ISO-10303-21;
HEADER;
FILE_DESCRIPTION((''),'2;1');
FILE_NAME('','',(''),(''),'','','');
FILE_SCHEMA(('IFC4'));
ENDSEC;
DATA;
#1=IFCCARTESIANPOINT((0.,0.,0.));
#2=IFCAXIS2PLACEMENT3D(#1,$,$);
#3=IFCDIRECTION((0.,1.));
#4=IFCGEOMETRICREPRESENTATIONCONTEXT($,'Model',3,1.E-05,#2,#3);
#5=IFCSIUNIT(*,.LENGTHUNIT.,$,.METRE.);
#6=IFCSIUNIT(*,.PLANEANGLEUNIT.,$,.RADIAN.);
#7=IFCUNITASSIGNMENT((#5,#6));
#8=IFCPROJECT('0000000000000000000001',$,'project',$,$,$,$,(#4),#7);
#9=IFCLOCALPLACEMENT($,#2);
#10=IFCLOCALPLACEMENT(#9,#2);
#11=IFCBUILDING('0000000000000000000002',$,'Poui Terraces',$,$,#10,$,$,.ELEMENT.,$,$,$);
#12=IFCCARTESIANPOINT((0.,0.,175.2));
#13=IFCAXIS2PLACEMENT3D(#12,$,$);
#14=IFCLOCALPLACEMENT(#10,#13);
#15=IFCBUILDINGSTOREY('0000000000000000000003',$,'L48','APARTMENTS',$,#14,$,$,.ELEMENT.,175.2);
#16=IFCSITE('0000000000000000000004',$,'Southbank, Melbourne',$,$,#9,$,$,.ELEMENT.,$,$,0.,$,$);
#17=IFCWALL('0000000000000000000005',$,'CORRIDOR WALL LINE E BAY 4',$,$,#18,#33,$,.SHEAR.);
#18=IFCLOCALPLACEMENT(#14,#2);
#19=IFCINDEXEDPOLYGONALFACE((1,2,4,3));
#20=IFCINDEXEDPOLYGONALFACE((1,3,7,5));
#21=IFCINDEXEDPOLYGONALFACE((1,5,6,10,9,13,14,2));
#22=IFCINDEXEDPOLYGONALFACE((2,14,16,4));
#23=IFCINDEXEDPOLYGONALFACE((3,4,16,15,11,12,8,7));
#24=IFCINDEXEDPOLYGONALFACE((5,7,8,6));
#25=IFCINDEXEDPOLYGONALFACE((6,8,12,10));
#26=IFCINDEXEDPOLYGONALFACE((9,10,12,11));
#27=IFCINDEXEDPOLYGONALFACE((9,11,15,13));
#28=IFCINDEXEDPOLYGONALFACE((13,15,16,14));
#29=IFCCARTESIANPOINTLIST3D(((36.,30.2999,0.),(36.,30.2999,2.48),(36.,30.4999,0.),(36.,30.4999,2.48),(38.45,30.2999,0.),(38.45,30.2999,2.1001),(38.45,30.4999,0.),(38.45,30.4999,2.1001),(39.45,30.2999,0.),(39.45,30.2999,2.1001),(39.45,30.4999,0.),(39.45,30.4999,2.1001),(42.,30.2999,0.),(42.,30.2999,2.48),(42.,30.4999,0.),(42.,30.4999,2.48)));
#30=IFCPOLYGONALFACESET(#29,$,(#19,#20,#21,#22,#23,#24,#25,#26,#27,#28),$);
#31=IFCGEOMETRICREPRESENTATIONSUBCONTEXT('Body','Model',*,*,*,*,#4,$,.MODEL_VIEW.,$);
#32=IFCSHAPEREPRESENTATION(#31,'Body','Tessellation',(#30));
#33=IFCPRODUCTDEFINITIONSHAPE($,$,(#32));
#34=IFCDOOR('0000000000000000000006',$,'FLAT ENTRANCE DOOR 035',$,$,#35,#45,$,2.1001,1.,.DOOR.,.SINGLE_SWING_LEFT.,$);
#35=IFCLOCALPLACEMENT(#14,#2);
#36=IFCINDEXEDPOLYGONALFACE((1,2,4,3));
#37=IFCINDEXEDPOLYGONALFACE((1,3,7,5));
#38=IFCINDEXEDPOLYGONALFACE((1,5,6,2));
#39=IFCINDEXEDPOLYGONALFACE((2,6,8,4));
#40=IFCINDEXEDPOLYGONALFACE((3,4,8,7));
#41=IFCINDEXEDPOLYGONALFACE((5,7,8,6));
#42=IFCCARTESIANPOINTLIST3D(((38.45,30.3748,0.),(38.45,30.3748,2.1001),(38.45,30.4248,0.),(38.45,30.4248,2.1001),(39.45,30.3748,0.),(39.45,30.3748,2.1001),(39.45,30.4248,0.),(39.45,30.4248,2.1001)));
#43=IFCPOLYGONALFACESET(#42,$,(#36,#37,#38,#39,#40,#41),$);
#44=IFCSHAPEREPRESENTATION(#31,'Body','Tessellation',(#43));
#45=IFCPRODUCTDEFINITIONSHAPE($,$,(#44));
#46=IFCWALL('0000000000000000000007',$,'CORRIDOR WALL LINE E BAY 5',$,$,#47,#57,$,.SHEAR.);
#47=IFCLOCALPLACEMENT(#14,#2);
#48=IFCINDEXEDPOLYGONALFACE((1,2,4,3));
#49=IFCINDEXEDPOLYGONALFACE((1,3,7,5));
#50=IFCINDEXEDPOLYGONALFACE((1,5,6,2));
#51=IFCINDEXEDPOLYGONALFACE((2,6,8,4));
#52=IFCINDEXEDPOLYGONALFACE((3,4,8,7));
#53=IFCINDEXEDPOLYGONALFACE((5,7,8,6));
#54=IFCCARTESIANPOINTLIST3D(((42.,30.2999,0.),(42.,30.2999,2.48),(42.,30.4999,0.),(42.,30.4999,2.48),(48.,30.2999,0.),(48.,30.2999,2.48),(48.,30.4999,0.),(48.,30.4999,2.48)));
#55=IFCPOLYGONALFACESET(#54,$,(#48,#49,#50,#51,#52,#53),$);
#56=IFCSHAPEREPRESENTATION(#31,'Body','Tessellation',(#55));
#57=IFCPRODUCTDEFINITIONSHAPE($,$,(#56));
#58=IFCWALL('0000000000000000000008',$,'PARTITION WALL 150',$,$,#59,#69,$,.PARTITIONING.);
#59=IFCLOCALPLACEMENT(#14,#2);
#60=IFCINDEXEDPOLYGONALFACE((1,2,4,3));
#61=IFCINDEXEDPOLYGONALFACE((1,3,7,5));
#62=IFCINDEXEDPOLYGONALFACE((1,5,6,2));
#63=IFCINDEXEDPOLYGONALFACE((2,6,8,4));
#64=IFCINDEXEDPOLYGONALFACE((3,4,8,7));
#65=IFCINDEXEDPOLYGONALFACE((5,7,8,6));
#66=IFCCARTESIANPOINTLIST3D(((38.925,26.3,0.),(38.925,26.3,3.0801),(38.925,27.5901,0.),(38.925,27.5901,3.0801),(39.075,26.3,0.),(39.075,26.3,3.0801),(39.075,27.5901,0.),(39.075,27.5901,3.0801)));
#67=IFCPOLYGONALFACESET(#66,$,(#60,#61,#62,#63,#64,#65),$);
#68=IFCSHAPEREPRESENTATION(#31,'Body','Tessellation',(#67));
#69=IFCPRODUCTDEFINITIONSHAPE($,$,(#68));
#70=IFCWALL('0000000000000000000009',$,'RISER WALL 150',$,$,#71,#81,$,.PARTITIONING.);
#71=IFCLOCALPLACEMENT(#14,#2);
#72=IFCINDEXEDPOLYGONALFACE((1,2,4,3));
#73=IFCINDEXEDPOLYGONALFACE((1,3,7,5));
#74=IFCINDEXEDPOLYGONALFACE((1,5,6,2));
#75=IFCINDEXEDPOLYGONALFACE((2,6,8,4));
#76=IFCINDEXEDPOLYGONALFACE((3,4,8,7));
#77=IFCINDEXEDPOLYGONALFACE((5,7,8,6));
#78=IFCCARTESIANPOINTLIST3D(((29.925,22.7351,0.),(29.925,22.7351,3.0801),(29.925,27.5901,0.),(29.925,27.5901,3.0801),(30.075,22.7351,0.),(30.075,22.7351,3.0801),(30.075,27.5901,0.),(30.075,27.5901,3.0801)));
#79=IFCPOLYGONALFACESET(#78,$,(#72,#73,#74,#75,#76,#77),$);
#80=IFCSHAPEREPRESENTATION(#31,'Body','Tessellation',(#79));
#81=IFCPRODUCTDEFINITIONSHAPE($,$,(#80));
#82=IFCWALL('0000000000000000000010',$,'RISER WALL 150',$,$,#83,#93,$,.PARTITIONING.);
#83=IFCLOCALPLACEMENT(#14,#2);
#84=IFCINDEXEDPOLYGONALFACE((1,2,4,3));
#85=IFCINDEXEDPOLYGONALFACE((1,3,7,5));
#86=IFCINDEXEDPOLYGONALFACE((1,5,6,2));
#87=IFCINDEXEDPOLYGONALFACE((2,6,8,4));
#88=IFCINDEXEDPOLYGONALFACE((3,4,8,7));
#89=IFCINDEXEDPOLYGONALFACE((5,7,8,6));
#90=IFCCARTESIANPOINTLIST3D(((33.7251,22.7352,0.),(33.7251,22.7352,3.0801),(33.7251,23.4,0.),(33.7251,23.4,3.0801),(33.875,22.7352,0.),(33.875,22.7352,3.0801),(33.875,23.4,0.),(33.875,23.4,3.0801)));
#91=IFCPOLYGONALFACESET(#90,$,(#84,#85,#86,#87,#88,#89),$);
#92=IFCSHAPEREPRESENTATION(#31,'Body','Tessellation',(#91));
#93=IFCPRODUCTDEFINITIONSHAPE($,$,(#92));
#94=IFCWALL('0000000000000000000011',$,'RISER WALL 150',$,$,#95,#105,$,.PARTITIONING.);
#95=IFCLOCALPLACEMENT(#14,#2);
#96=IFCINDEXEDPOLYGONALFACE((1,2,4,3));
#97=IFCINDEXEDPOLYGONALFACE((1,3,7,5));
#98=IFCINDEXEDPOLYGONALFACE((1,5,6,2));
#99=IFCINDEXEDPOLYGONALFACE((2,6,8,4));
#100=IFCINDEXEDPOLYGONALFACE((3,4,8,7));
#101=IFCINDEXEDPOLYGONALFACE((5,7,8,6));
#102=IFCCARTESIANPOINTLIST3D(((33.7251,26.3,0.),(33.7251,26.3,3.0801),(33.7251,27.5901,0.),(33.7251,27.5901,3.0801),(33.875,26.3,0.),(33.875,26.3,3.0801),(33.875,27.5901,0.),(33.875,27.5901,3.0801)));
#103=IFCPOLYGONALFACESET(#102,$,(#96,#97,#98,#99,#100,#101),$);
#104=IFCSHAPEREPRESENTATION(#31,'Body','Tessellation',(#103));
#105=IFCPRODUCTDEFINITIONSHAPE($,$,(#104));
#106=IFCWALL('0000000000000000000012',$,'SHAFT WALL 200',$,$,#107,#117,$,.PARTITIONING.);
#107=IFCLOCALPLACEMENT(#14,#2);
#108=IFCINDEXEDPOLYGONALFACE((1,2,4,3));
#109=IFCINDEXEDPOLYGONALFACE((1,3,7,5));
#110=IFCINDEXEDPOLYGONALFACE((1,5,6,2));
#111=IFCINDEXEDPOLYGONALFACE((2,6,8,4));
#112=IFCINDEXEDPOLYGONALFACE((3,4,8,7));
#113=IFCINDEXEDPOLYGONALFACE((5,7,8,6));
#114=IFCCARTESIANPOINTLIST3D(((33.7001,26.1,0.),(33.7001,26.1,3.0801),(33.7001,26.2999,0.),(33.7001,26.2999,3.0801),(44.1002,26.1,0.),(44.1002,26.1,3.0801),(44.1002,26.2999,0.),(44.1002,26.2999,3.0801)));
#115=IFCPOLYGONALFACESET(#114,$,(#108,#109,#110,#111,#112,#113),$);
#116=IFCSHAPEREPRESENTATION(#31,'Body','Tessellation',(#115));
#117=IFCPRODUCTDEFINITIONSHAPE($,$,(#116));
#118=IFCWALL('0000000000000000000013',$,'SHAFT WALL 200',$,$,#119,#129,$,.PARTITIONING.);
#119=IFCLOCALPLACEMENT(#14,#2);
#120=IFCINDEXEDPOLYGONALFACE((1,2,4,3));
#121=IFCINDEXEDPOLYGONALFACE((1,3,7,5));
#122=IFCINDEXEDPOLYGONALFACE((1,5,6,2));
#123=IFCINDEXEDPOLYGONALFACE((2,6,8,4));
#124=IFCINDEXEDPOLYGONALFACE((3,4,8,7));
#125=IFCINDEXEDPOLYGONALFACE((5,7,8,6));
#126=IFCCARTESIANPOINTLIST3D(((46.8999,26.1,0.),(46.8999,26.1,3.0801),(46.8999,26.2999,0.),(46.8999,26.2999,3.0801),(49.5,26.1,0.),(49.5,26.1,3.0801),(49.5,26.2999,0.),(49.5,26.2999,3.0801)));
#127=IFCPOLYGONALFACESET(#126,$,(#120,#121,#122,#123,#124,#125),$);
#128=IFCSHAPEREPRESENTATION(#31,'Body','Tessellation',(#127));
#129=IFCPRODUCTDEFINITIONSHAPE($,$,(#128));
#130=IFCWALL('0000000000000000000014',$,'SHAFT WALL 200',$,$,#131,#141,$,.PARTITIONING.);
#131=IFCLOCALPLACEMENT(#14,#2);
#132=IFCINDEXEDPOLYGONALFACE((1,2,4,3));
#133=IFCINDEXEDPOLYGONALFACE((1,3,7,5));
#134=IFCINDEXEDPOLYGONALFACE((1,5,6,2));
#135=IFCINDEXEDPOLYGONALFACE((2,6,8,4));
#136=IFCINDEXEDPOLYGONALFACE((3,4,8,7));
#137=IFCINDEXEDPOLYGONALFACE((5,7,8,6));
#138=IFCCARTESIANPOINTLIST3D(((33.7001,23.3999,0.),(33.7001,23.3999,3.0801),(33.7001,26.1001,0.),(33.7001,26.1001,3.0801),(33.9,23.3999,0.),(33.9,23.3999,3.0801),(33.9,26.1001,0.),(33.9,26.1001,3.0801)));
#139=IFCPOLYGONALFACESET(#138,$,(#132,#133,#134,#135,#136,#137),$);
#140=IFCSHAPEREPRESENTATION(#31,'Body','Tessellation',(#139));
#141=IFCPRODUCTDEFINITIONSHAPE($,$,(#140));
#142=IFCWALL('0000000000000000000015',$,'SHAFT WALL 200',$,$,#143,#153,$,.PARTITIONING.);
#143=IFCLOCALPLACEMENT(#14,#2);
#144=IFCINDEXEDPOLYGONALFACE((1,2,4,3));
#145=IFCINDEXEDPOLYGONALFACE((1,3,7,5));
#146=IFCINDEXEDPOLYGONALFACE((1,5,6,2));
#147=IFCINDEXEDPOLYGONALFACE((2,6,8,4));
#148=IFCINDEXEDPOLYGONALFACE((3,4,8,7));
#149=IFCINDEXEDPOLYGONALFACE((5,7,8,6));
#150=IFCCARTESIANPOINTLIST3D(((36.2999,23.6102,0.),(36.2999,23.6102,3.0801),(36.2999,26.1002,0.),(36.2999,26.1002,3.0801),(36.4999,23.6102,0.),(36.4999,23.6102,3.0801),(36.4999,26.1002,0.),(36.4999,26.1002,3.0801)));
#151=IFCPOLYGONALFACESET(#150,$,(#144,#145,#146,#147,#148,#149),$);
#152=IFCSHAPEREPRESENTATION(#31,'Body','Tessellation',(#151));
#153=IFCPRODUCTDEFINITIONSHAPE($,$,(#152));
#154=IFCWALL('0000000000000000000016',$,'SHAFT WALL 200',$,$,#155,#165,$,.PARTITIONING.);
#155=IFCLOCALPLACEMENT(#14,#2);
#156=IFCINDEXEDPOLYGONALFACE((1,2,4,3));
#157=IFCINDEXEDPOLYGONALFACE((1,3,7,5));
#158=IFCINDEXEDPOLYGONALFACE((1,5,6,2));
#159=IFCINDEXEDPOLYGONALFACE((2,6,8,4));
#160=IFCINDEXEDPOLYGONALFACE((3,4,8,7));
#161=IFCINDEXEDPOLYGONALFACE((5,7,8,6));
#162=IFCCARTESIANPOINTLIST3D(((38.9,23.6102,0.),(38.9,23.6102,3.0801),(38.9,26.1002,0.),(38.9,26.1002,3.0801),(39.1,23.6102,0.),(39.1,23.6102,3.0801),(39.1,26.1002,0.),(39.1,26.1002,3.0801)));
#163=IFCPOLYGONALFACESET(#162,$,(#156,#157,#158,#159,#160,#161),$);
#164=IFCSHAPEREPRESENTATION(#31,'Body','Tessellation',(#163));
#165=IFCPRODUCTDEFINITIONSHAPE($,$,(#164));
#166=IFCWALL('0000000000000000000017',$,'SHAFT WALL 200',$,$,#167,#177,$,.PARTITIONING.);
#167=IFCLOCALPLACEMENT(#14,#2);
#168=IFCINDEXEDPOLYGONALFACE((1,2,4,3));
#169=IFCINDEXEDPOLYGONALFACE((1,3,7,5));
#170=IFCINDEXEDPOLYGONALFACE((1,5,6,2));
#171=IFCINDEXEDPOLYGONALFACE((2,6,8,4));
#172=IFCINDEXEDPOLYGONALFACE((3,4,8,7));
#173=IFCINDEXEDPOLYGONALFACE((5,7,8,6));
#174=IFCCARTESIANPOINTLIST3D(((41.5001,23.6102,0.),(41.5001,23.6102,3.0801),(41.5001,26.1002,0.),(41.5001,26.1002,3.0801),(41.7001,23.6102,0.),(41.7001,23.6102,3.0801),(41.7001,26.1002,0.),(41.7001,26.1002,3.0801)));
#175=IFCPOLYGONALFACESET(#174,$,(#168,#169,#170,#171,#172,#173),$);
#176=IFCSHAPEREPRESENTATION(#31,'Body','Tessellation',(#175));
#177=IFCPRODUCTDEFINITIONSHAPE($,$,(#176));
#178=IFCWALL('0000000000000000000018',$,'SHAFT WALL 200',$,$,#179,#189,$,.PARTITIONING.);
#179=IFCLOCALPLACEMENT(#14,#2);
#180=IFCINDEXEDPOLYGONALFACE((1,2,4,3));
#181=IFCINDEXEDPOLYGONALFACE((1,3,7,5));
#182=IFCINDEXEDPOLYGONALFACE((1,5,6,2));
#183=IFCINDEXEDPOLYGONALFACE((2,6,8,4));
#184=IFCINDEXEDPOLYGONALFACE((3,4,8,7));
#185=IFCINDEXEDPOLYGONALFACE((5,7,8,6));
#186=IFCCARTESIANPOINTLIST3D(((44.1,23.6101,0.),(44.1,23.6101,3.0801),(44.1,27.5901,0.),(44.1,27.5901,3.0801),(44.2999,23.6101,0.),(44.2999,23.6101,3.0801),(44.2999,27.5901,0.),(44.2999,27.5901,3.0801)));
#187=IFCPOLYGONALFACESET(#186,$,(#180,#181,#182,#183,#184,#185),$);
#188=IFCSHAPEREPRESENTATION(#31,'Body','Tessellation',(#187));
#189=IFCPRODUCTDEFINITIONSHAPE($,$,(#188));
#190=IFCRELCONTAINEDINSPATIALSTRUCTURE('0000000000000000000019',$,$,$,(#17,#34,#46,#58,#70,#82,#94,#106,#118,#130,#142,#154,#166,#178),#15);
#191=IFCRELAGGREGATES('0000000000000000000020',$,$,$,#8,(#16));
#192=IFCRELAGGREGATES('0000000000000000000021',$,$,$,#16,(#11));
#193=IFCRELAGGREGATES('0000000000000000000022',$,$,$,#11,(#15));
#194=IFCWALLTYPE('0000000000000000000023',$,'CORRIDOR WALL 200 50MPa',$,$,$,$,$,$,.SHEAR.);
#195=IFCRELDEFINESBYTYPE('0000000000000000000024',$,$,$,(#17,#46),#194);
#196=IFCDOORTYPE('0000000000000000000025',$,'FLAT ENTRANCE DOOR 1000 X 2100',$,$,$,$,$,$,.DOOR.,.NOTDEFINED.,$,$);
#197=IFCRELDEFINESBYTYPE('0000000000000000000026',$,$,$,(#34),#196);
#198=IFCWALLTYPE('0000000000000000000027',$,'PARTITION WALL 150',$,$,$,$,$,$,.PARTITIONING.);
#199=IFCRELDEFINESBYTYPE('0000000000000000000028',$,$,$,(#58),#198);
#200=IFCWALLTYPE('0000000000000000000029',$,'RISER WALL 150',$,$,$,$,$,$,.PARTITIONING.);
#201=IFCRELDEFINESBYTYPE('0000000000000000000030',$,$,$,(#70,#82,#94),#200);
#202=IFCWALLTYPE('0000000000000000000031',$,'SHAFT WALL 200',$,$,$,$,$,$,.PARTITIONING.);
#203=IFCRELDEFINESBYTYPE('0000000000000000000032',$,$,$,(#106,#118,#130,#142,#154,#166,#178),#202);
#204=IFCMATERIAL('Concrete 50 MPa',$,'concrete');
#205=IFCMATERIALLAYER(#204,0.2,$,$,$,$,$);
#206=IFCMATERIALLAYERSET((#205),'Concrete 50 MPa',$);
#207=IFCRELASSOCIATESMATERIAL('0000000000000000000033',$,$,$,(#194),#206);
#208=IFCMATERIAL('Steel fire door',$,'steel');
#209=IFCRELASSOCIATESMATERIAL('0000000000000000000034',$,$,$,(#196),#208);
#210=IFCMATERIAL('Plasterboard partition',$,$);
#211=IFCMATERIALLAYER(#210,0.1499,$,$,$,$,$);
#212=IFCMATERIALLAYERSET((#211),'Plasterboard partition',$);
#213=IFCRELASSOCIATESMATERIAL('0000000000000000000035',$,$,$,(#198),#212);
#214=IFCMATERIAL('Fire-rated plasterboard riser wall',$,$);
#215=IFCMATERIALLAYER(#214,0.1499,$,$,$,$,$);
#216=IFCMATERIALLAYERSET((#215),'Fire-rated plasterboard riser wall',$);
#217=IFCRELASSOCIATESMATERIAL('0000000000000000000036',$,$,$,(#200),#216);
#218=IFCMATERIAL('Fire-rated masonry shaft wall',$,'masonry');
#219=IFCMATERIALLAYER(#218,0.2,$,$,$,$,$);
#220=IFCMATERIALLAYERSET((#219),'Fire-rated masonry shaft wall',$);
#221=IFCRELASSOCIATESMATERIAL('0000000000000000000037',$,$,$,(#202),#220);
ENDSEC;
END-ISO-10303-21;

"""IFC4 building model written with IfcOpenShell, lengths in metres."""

from ifc_helpers import new_model, si_unit, direction, frame, frame_2d, origin, place, context, subcontext, project, spatial, rectangle, extrude, material, layer, layer_set, type_object, element, fill, save


model = new_model("IFC4")

# Units and contexts
model_context = context("Model", 3, precision=1e-05, world=origin(), true_north=direction((0.0, 1.0)))
body_context = subcontext(model_context, "Body", "Model", "MODEL_VIEW")
ifc_project = project(units=[si_unit("LENGTHUNIT", "METRE"), si_unit("PLANEANGLEUNIT", "RADIAN")], contexts=[model_context])

# Site, building, storey
site_placement = place(None, origin())
site = spatial("IfcSite", under=ifc_project, at=site_placement, Name="Southbank, Melbourne", CompositionType="ELEMENT", RefElevation=0.0)
building_placement = place(site_placement, origin())
building = spatial("IfcBuilding", under=site, at=building_placement, Name="Poui Terraces", CompositionType="ELEMENT")
storey_placement = place(building_placement, frame((0.0, 0.0, 175.2)))
storey = spatial("IfcBuildingStorey", under=building, at=storey_placement, Name="L48", Description="APARTMENTS", CompositionType="ELEMENT", Elevation=175.2)

# Shared definitions
ifc_material_1 = material(Name="Concrete 50 MPa", Category="concrete")

# Shared definitions
ifc_material_2 = material(Name="Steel fire door", Category="steel")

# Wall, opening, door
ifc_layer_1 = layer(ifc_material_1, 0.2)
ifc_layer_set_1 = layer_set([ifc_layer_1], Name="Concrete 50 MPa")
wall_type_1 = type_object("IfcWallType", Name="CORRIDOR WALL 200 50MPa", PredefinedType="SHEAR", material=ifc_layer_set_1)
wall_1_placement = place(storey_placement, frame((36.0, 30.3999, 0.0), z_axis=(0.0, 0.0, 1.0), x_axis=(1.0, 0.0, 0.0)))
wall_1 = element("IfcWall", 1, at=wall_1_placement, inside=storey, type_object=wall_type_1, Name="CORRIDOR WALL LINE E BAY 4", PredefinedType="SHEAR", context=body_context, shape_type="SweptSolid", body=[
    extrude(rectangle(XDim=6.0, YDim=0.2, at=frame_2d((3.0, 0.0))), origin(), (0.0, 0.0, 1.0), 2.48),
])
opening_1_placement = place(wall_1_placement, frame((2.45, 0.0, 0.0)))
opening_1 = element("IfcOpeningElement", 2, at=opening_1_placement, cuts=wall_1, PredefinedType="OPENING", context=body_context, shape_type="SweptSolid", body=[
    extrude(rectangle(XDim=1.0, YDim=2.1001, at=frame_2d((0.5, 1.05))), frame((0.0, 0.1099, 0.0), z_axis=(0.0, -1.0, 0.0), x_axis=(1.0, 0.0, 0.0)), (0.0, 0.0, 1.0), 0.22),
])
door_type_1 = type_object("IfcDoorType", Name="FLAT ENTRANCE DOOR 1000 X 2100", OperationType="NOTDEFINED", PredefinedType="DOOR", material=ifc_material_2)
door_1_placement = place(opening_1_placement, origin())
door_1 = element("IfcDoor", 3, at=door_1_placement, inside=storey, type_object=door_type_1, Name="FLAT ENTRANCE DOOR 035", OperationType="SINGLE_SWING_LEFT", OverallHeight=2.1001, OverallWidth=1.0, PredefinedType="DOOR", context=body_context, shape_type="SweptSolid", body=[
    extrude(rectangle(XDim=1.0, YDim=2.1001, at=frame_2d((0.5, 1.05))), frame((0.0, 0.0249, 0.0), z_axis=(0.0, -1.0, 0.0), x_axis=(1.0, 0.0, 0.0)), (0.0, 0.0, 1.0), 0.05),
])
fill(opening_1, door_1)

# Walls
wall_2_placement = place(storey_placement, frame((42.0, 30.3999, 0.0), z_axis=(0.0, 0.0, 1.0), x_axis=(1.0, 0.0, 0.0)))
element("IfcWall", 4, at=wall_2_placement, inside=storey, type_object=wall_type_1, Name="CORRIDOR WALL LINE E BAY 5", PredefinedType="SHEAR", context=body_context, shape_type="SweptSolid", body=[
    extrude(rectangle(XDim=6.0, YDim=0.2, at=frame_2d((3.0, 0.0))), origin(), (0.0, 0.0, 1.0), 2.48),
])
ifc_material_3 = material(Name="Plasterboard partition")
ifc_layer_2 = layer(ifc_material_3, 0.1499)
ifc_layer_set_2 = layer_set([ifc_layer_2], Name="Plasterboard partition")
wall_type_2 = type_object("IfcWallType", Name="PARTITION WALL 150", PredefinedType="PARTITIONING", material=ifc_layer_set_2)
wall_3_placement = place(storey_placement, frame((39.0, 26.3, 0.0), z_axis=(0.0, 0.0, 1.0), x_axis=(0.0, 1.0, 0.0)))
element("IfcWall", 5, at=wall_3_placement, inside=storey, type_object=wall_type_2, Name="PARTITION WALL 150", PredefinedType="PARTITIONING", context=body_context, shape_type="SweptSolid", body=[
    extrude(rectangle(XDim=1.29, YDim=0.1499, at=frame_2d((0.645, 0.0))), origin(), (0.0, 0.0, 1.0), 3.0801),
])
ifc_material_4 = material(Name="Fire-rated plasterboard riser wall")
ifc_layer_3 = layer(ifc_material_4, 0.1499)
ifc_layer_set_3 = layer_set([ifc_layer_3], Name="Fire-rated plasterboard riser wall")
wall_type_3 = type_object("IfcWallType", Name="RISER WALL 150", PredefinedType="PARTITIONING", material=ifc_layer_set_3)
wall_4_placement = place(storey_placement, frame((30.0, 22.7351, 0.0), z_axis=(0.0, 0.0, 1.0), x_axis=(0.0, 1.0, 0.0)))
element("IfcWall", 6, at=wall_4_placement, inside=storey, type_object=wall_type_3, Name="RISER WALL 150", PredefinedType="PARTITIONING", context=body_context, shape_type="SweptSolid", body=[
    extrude(rectangle(XDim=4.855, YDim=0.1499, at=frame_2d((2.4275, 0.0))), origin(), (0.0, 0.0, 1.0), 3.0801),
])
wall_5_placement = place(storey_placement, frame((33.8, 22.7351, 0.0), z_axis=(0.0, 0.0, 1.0), x_axis=(0.0, 1.0, 0.0)))
element("IfcWall", 7, at=wall_5_placement, inside=storey, type_object=wall_type_3, Name="RISER WALL 150", PredefinedType="PARTITIONING", context=body_context, shape_type="SweptSolid", body=[
    extrude(rectangle(XDim=0.6648, YDim=0.1499, at=frame_2d((0.3325, 0.0))), origin(), (0.0, 0.0, 1.0), 3.0801),
])
wall_6_placement = place(storey_placement, frame((33.8, 26.3, 0.0), z_axis=(0.0, 0.0, 1.0), x_axis=(0.0, 1.0, 0.0)))
element("IfcWall", 8, at=wall_6_placement, inside=storey, type_object=wall_type_3, Name="RISER WALL 150", PredefinedType="PARTITIONING", context=body_context, shape_type="SweptSolid", body=[
    extrude(rectangle(XDim=1.29, YDim=0.1499, at=frame_2d((0.645, 0.0))), origin(), (0.0, 0.0, 1.0), 3.0801),
])
ifc_material_5 = material(Name="Fire-rated masonry shaft wall", Category="masonry")
ifc_layer_4 = layer(ifc_material_5, 0.2)
ifc_layer_set_4 = layer_set([ifc_layer_4], Name="Fire-rated masonry shaft wall")
wall_type_4 = type_object("IfcWallType", Name="SHAFT WALL 200", PredefinedType="PARTITIONING", material=ifc_layer_set_4)
wall_7_placement = place(storey_placement, frame((33.7, 26.2, 0.0), z_axis=(0.0, 0.0, 1.0), x_axis=(1.0, 0.0, 0.0)))
element("IfcWall", 9, at=wall_7_placement, inside=storey, type_object=wall_type_4, Name="SHAFT WALL 200", PredefinedType="PARTITIONING", context=body_context, shape_type="SweptSolid", body=[
    extrude(rectangle(XDim=10.4001, YDim=0.2, at=frame_2d((5.2002, 0.0))), origin(), (0.0, 0.0, 1.0), 3.0801),
])
wall_8_placement = place(storey_placement, frame((46.8999, 26.2, 0.0), z_axis=(0.0, 0.0, 1.0), x_axis=(1.0, 0.0, 0.0)))
element("IfcWall", 10, at=wall_8_placement, inside=storey, type_object=wall_type_4, Name="SHAFT WALL 200", PredefinedType="PARTITIONING", context=body_context, shape_type="SweptSolid", body=[
    extrude(rectangle(XDim=2.6001, YDim=0.2, at=frame_2d((1.3, 0.0))), origin(), (0.0, 0.0, 1.0), 3.0801),
])
wall_9_placement = place(storey_placement, frame((33.8, 23.3999, 0.0), z_axis=(0.0, 0.0, 1.0), x_axis=(0.0, 1.0, 0.0)))
element("IfcWall", 11, at=wall_9_placement, inside=storey, type_object=wall_type_4, Name="SHAFT WALL 200", PredefinedType="PARTITIONING", context=body_context, shape_type="SweptSolid", body=[
    extrude(rectangle(XDim=2.7002, YDim=0.2, at=frame_2d((1.3501, 0.0))), origin(), (0.0, 0.0, 1.0), 3.0801),
])
for number, where, z_axis, x_axis, name in (
    (12, (36.3999, 23.6101, 0.0), (0.0, 0.0, 1.0), (0.0, 1.0, 0.0), "SHAFT WALL 200"),
    (13, (39.0, 23.6101, 0.0), (0.0, 0.0, 1.0), (0.0, 1.0, 0.0), "SHAFT WALL 200"),
    (14, (41.6001, 23.6101, 0.0), (0.0, 0.0, 1.0), (0.0, 1.0, 0.0), "SHAFT WALL 200"),
):
    element("IfcWall", number, at=place(storey_placement, frame(where, z_axis=z_axis, x_axis=x_axis)), inside=storey, type_object=wall_type_4, Name=name, PredefinedType="PARTITIONING", context=body_context, shape_type="SweptSolid", body=[
        extrude(rectangle(XDim=2.49, YDim=0.2, at=frame_2d((1.2451, 0.0))), origin(), (0.0, 0.0, 1.0), 3.0801),
    ])
for number, where, z_axis, x_axis, name in (
    (15, (44.2, 23.6101, 0.0), (0.0, 0.0, 1.0), (0.0, 1.0, 0.0), "SHAFT WALL 200"),
):
    element("IfcWall", number, at=place(storey_placement, frame(where, z_axis=z_axis, x_axis=x_axis)), inside=storey, type_object=wall_type_4, Name=name, PredefinedType="PARTITIONING", context=body_context, shape_type="SweptSolid", body=[
        extrude(rectangle(XDim=3.98, YDim=0.2, at=frame_2d((1.99, 0.0))), origin(), (0.0, 0.0, 1.0), 3.0801),
    ])

save(model, "model.ifc")
